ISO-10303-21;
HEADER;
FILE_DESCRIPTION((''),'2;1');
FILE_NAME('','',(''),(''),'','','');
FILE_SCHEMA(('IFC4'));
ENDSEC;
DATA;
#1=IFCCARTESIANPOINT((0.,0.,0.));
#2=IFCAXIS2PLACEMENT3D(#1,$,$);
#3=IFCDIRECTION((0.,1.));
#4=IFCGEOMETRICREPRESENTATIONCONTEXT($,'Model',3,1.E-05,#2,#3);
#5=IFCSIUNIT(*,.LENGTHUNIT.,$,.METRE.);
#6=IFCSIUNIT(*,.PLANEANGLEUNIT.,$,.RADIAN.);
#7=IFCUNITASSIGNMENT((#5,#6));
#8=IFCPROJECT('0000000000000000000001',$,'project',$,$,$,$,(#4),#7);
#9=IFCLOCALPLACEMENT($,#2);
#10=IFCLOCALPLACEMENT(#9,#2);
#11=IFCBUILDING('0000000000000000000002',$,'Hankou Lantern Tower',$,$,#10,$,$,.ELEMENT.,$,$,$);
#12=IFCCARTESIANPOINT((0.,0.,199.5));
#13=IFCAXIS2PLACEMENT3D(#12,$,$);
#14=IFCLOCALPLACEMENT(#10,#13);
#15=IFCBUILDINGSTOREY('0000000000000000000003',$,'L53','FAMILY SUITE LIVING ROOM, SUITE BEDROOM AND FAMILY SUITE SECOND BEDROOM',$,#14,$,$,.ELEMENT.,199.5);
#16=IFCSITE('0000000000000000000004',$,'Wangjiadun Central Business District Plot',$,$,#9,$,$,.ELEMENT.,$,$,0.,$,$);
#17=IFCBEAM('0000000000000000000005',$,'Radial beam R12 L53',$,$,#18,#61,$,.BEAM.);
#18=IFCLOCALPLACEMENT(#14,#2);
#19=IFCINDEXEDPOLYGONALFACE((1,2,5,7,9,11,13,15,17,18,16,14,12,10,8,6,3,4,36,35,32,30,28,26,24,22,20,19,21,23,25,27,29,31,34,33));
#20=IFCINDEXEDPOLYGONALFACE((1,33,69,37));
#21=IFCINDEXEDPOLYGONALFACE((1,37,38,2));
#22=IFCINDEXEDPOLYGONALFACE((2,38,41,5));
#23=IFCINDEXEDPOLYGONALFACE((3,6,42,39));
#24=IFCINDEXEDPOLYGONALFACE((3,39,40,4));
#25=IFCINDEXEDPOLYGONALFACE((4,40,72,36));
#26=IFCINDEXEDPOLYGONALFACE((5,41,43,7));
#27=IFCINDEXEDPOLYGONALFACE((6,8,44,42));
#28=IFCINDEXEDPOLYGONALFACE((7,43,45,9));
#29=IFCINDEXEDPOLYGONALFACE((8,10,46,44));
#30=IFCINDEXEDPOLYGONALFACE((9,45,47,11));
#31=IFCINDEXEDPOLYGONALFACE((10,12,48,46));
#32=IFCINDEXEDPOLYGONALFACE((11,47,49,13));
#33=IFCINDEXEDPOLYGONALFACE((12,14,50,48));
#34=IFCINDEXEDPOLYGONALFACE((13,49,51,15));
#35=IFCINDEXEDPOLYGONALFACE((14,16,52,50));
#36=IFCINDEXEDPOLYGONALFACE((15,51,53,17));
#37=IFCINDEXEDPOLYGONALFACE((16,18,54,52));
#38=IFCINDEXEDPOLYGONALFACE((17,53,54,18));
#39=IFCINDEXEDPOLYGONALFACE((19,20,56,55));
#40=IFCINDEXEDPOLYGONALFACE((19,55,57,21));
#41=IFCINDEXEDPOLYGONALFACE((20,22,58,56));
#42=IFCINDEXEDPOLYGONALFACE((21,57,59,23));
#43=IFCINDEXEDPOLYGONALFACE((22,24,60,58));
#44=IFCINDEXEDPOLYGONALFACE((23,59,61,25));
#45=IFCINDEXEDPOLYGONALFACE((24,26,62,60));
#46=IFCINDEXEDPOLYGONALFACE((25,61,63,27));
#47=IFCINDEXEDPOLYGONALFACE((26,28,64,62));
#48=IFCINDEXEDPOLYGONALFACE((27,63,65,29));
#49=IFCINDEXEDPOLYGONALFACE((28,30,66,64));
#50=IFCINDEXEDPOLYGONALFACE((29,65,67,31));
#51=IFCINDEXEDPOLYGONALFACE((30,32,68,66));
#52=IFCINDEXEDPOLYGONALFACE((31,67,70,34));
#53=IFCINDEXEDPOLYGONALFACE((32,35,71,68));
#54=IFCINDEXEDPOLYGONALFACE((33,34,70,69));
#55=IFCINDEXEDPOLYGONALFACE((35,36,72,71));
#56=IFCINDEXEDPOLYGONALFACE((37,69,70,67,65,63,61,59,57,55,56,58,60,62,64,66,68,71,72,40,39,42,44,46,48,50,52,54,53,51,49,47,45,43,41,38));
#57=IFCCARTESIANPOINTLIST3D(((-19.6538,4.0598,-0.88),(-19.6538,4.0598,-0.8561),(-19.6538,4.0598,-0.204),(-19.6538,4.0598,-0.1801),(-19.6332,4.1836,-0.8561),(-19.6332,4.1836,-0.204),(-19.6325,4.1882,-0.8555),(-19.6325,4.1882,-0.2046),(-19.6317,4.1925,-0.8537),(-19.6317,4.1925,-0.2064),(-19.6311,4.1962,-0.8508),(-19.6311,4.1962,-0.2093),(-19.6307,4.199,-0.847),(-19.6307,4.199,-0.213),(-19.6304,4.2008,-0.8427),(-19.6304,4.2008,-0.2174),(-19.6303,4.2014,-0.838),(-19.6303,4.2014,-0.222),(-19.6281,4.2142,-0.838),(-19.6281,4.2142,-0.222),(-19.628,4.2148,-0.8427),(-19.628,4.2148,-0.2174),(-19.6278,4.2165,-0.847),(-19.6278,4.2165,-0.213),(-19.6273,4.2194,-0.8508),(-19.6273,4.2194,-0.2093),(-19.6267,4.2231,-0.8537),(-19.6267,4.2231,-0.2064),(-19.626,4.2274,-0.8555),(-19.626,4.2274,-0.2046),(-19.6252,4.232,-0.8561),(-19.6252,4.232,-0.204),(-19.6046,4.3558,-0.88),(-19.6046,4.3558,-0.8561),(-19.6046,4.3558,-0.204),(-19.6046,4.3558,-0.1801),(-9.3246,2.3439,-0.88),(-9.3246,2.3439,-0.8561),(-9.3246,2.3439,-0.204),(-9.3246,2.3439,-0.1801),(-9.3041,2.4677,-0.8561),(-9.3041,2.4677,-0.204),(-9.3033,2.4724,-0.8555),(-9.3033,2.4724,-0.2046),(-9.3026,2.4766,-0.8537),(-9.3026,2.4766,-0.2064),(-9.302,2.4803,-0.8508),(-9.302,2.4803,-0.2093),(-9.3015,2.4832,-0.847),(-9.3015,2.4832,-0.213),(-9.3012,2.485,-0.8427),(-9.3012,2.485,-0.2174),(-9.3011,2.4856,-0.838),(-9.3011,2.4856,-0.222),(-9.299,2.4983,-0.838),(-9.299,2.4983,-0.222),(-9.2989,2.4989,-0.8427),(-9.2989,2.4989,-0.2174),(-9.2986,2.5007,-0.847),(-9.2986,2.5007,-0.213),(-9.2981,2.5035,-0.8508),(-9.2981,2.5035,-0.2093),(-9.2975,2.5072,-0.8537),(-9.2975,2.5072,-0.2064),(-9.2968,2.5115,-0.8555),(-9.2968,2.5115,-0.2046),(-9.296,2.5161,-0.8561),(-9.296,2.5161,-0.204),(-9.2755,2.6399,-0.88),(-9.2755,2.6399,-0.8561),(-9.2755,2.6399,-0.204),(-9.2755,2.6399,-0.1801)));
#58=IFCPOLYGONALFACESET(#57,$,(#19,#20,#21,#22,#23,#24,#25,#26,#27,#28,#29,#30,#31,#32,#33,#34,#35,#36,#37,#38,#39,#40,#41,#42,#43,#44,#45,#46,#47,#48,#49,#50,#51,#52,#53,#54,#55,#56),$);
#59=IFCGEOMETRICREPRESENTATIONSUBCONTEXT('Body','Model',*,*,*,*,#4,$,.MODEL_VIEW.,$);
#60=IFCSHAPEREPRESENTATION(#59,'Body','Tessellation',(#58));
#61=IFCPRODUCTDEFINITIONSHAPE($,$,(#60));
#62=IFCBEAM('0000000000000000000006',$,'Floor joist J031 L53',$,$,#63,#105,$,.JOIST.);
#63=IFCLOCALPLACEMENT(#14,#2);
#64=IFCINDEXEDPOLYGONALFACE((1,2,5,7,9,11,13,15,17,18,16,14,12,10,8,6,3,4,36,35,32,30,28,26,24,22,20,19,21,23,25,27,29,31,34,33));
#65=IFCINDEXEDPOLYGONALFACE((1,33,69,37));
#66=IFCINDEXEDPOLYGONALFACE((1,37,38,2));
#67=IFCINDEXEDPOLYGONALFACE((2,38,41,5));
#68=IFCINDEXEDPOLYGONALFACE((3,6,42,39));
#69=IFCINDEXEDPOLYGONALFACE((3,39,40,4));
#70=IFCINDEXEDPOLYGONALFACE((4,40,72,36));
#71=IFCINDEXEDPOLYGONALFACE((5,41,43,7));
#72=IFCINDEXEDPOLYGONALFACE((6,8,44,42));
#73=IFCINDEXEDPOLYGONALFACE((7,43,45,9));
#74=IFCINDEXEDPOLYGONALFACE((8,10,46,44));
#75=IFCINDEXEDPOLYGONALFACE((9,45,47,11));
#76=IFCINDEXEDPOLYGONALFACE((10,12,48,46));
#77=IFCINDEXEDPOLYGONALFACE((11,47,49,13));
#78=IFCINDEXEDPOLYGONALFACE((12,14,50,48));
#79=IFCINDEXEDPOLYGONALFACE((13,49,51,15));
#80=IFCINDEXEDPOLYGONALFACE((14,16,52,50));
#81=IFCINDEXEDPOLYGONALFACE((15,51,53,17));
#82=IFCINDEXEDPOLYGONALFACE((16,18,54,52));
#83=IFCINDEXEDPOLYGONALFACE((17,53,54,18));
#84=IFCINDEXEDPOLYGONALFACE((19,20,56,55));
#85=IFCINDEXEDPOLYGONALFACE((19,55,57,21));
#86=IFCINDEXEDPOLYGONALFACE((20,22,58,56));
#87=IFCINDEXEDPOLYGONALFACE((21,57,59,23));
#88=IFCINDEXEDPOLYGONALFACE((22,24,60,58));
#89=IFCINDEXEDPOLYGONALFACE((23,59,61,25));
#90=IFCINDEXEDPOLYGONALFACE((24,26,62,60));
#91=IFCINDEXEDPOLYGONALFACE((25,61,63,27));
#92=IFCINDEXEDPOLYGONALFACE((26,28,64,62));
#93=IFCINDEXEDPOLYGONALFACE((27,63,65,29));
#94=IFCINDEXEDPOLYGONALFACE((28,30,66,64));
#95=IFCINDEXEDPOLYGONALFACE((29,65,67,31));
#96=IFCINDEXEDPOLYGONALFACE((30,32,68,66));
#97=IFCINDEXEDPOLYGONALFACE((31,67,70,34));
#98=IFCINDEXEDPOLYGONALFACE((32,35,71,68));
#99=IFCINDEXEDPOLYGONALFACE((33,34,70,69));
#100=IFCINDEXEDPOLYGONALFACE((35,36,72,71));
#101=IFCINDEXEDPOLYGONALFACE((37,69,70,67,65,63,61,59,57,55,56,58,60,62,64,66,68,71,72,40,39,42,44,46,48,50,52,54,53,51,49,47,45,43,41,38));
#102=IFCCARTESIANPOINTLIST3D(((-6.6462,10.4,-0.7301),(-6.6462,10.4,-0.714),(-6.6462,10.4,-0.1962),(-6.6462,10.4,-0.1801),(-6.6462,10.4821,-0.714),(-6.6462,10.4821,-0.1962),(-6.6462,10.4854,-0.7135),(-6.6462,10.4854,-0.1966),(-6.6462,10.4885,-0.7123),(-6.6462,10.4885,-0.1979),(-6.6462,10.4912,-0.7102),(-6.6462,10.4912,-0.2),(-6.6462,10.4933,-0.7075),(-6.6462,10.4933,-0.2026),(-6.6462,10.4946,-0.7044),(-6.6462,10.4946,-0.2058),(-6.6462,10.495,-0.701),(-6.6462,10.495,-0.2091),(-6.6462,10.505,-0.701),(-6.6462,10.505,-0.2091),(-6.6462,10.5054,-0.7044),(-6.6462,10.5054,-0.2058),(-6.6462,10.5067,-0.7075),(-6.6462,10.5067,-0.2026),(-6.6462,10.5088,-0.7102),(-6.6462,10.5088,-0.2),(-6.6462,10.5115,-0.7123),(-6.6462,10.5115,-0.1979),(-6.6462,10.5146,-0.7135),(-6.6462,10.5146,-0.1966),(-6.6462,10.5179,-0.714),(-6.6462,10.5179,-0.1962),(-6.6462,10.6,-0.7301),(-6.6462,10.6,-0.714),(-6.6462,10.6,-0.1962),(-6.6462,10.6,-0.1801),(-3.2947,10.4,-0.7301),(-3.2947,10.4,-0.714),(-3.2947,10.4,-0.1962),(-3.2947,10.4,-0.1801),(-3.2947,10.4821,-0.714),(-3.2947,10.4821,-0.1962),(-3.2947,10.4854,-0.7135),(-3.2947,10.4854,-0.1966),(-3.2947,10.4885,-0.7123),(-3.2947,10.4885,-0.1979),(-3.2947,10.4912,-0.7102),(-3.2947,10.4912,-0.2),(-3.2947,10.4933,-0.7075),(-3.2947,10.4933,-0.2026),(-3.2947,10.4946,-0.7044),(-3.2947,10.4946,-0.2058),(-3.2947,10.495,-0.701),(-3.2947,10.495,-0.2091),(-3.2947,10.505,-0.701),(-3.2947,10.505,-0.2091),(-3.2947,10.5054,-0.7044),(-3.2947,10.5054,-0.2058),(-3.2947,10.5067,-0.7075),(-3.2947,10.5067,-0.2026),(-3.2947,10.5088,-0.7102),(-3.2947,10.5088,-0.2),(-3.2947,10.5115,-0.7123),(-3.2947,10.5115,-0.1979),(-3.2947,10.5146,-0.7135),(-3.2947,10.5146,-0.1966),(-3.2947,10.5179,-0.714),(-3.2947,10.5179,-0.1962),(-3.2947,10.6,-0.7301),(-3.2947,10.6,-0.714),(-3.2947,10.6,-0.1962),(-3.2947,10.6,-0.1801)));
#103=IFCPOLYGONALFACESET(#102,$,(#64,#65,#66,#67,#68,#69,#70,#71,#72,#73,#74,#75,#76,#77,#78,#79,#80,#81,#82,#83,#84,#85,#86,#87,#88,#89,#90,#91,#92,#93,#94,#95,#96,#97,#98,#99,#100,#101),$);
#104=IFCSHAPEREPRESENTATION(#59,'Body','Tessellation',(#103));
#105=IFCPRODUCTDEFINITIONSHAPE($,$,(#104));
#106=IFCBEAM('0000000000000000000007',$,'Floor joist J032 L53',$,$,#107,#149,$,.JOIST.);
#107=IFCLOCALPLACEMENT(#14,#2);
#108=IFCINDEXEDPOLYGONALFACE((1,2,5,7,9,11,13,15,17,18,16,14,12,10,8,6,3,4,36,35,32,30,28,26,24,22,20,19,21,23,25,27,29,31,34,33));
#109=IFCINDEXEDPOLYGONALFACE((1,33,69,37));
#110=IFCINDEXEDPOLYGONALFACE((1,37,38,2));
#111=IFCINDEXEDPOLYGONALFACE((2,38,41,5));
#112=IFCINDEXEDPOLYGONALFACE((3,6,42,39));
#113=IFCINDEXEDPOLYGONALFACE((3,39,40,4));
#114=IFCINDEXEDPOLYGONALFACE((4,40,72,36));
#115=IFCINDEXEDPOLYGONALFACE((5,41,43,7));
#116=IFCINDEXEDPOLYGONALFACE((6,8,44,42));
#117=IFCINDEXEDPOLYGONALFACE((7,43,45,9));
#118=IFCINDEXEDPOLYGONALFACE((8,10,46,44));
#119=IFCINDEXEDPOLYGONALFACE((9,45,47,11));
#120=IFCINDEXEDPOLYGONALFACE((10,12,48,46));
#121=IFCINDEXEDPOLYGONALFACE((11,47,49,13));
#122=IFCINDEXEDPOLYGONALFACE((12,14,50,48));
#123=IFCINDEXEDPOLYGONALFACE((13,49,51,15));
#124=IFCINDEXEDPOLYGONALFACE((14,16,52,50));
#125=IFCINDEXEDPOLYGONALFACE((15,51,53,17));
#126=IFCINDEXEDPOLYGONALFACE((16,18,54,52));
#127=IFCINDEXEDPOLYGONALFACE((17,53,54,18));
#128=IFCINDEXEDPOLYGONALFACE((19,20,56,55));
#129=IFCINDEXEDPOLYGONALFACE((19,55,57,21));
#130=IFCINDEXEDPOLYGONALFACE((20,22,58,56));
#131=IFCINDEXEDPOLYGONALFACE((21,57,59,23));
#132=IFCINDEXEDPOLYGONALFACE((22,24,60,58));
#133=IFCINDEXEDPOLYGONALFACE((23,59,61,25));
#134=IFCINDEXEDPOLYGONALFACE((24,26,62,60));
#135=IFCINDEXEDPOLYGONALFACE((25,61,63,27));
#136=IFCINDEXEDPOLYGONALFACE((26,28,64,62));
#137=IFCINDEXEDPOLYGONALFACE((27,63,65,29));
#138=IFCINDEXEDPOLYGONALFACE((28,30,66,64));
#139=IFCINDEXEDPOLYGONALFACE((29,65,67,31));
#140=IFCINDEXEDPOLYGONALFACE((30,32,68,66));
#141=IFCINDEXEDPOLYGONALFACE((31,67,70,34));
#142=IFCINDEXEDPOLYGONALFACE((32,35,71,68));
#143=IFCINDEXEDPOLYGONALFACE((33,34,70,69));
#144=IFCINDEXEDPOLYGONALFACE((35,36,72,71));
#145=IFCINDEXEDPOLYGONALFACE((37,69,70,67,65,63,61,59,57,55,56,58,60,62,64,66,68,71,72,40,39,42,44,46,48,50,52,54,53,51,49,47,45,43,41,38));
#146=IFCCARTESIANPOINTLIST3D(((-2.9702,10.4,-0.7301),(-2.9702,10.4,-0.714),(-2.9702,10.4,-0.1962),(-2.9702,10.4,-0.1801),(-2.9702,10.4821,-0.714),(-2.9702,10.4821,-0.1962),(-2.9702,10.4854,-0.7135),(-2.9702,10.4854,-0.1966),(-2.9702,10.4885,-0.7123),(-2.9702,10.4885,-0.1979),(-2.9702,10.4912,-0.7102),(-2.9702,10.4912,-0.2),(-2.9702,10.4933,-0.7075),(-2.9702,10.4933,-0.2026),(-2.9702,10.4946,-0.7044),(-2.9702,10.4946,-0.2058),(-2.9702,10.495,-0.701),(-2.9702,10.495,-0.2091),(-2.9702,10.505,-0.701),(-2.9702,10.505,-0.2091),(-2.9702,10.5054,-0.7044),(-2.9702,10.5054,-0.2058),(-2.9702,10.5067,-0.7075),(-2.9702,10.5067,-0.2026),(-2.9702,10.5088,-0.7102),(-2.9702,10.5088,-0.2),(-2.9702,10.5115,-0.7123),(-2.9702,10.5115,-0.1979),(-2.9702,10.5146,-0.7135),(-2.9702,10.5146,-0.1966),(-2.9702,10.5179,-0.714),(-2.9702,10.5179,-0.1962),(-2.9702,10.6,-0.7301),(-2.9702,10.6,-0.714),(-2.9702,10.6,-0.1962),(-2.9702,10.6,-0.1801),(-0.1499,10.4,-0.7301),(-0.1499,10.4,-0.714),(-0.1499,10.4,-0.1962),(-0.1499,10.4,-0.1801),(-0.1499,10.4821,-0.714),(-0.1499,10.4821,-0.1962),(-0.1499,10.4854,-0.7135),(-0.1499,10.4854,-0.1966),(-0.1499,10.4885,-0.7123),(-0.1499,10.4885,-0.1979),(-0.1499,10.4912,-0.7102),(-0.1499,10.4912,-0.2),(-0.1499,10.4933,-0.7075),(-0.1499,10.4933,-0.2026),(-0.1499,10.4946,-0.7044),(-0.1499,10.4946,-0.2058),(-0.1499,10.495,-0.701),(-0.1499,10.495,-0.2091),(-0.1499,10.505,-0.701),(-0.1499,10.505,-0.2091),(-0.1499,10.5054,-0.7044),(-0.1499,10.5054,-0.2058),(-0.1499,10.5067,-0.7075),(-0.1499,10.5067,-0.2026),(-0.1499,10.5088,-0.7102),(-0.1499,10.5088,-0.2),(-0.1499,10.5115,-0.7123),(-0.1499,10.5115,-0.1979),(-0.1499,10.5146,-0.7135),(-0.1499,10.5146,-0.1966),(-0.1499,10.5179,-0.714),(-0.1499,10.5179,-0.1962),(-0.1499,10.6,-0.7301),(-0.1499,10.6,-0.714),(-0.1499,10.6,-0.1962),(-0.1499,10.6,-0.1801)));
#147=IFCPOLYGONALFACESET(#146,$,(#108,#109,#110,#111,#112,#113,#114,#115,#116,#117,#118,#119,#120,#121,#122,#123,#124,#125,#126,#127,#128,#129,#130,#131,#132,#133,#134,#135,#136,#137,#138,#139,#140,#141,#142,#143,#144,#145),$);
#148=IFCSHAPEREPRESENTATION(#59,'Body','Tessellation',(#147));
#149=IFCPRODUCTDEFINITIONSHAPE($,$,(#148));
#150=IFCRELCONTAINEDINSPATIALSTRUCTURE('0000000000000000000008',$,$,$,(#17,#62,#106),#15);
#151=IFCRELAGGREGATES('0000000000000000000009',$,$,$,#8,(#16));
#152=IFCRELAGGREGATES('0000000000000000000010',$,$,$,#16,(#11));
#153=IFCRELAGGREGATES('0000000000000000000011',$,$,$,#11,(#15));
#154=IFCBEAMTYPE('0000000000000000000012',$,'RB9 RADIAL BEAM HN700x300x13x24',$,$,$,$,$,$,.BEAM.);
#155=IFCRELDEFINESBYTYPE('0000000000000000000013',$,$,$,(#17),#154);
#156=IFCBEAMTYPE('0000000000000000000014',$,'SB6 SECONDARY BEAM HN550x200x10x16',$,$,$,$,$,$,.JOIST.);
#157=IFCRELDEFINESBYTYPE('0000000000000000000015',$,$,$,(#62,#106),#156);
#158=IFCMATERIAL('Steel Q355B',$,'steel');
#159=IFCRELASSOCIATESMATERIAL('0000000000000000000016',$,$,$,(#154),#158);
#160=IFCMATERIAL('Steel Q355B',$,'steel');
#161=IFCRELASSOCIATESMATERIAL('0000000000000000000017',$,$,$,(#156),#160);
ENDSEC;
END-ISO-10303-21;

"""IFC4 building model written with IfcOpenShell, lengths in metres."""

from ifc_helpers import new_model, si_unit, direction, frame, origin, origin_2d, place, context, subcontext, project, spatial, i_section, extrude, material, material_profile, profile_set, type_object, element, save


model = new_model("IFC4")

# Units and contexts
model_context = context("Model", 3, precision=1e-05, world=origin(), true_north=direction((0.0, 1.0)))
body_context = subcontext(model_context, "Body", "Model", "MODEL_VIEW")
ifc_project = project(units=[si_unit("LENGTHUNIT", "METRE"), si_unit("PLANEANGLEUNIT", "RADIAN")], contexts=[model_context])

# Site, building, storey
site_placement = place(None, origin())
site = spatial("IfcSite", under=ifc_project, at=site_placement, Name="Wangjiadun Central Business District Plot", CompositionType="ELEMENT", RefElevation=0.0)
building_placement = place(site_placement, origin())
building = spatial("IfcBuilding", under=site, at=building_placement, Name="Hankou Lantern Tower", CompositionType="ELEMENT")
storey_placement = place(building_placement, frame((0.0, 0.0, 199.5)))
storey = spatial("IfcBuildingStorey", under=building, at=storey_placement, Name="L53", Description="FAMILY SUITE LIVING ROOM, SUITE BEDROOM AND FAMILY SUITE SECOND BEDROOM", CompositionType="ELEMENT", Elevation=199.5)

# Beams
ifc_material_1 = material(Name="Steel Q355B", Category="steel")
ifc_material_profile_1 = material_profile(ifc_material_1, i_section(OverallWidth=0.3, OverallDepth=0.7, WebThickness=0.0129, FlangeThickness=0.0239, FilletRadius=0.0181, at=origin_2d()), Name="HN700x300x13x24")
ifc_profile_set_1 = profile_set([ifc_material_profile_1], Name="Steel Q355B")
beam_type_1 = type_object("IfcBeamType", Name="RB9 RADIAL BEAM HN700x300x13x24", PredefinedType="BEAM", material=ifc_profile_set_1)
beam_1_placement = place(storey_placement, frame((-9.3, 2.4919, -0.53), z_axis=(-0.986482, 0.16387, 0.0), x_axis=(-0.16387, -0.986482, 0.0)))
element("IfcBeam", 1, at=beam_1_placement, inside=storey, type_object=beam_type_1, Name="Radial beam R12 L53", PredefinedType="BEAM", context=body_context, shape_type="SweptSolid", body=[
    extrude(i_section(OverallWidth=0.3, OverallDepth=0.7, WebThickness=0.0129, FlangeThickness=0.0239, FilletRadius=0.0181, at=origin_2d()), origin(), (0.0, 0.0, 1.0), 10.4707),
])
ifc_material_2 = material(Name="Steel Q355B", Category="steel")
ifc_material_profile_2 = material_profile(ifc_material_2, i_section(OverallWidth=0.2, OverallDepth=0.55, WebThickness=0.01, FlangeThickness=0.0161, FilletRadius=0.0129, at=origin_2d()), Name="HN550x200x10x16")
ifc_profile_set_2 = profile_set([ifc_material_profile_2], Name="Steel Q355B")
beam_type_2 = type_object("IfcBeamType", Name="SB6 SECONDARY BEAM HN550x200x10x16", PredefinedType="JOIST", material=ifc_profile_set_2)
beam_2_placement = place(storey_placement, frame((-6.6462, 10.5, -0.4551), z_axis=(1.0, 0.0, 0.0), x_axis=(0.0, 1.0, 0.0)))
element("IfcBeam", 2, at=beam_2_placement, inside=storey, type_object=beam_type_2, Name="Floor joist J031 L53", PredefinedType="JOIST", context=body_context, shape_type="SweptSolid", body=[
    extrude(i_section(OverallWidth=0.2, OverallDepth=0.55, WebThickness=0.01, FlangeThickness=0.0161, FilletRadius=0.0129, at=origin_2d()), origin(), (0.0, 0.0, 1.0), 3.3516),
])
beam_3_placement = place(storey_placement, frame((-2.9702, 10.5, -0.4551), z_axis=(1.0, 0.0, 0.0), x_axis=(0.0, 1.0, 0.0)))
element("IfcBeam", 3, at=beam_3_placement, inside=storey, type_object=beam_type_2, Name="Floor joist J032 L53", PredefinedType="JOIST", context=body_context, shape_type="SweptSolid", body=[
    extrude(i_section(OverallWidth=0.2, OverallDepth=0.55, WebThickness=0.01, FlangeThickness=0.0161, FilletRadius=0.0129, at=origin_2d()), origin(), (0.0, 0.0, 1.0), 2.8203),
])

save(model, "model.ifc")
